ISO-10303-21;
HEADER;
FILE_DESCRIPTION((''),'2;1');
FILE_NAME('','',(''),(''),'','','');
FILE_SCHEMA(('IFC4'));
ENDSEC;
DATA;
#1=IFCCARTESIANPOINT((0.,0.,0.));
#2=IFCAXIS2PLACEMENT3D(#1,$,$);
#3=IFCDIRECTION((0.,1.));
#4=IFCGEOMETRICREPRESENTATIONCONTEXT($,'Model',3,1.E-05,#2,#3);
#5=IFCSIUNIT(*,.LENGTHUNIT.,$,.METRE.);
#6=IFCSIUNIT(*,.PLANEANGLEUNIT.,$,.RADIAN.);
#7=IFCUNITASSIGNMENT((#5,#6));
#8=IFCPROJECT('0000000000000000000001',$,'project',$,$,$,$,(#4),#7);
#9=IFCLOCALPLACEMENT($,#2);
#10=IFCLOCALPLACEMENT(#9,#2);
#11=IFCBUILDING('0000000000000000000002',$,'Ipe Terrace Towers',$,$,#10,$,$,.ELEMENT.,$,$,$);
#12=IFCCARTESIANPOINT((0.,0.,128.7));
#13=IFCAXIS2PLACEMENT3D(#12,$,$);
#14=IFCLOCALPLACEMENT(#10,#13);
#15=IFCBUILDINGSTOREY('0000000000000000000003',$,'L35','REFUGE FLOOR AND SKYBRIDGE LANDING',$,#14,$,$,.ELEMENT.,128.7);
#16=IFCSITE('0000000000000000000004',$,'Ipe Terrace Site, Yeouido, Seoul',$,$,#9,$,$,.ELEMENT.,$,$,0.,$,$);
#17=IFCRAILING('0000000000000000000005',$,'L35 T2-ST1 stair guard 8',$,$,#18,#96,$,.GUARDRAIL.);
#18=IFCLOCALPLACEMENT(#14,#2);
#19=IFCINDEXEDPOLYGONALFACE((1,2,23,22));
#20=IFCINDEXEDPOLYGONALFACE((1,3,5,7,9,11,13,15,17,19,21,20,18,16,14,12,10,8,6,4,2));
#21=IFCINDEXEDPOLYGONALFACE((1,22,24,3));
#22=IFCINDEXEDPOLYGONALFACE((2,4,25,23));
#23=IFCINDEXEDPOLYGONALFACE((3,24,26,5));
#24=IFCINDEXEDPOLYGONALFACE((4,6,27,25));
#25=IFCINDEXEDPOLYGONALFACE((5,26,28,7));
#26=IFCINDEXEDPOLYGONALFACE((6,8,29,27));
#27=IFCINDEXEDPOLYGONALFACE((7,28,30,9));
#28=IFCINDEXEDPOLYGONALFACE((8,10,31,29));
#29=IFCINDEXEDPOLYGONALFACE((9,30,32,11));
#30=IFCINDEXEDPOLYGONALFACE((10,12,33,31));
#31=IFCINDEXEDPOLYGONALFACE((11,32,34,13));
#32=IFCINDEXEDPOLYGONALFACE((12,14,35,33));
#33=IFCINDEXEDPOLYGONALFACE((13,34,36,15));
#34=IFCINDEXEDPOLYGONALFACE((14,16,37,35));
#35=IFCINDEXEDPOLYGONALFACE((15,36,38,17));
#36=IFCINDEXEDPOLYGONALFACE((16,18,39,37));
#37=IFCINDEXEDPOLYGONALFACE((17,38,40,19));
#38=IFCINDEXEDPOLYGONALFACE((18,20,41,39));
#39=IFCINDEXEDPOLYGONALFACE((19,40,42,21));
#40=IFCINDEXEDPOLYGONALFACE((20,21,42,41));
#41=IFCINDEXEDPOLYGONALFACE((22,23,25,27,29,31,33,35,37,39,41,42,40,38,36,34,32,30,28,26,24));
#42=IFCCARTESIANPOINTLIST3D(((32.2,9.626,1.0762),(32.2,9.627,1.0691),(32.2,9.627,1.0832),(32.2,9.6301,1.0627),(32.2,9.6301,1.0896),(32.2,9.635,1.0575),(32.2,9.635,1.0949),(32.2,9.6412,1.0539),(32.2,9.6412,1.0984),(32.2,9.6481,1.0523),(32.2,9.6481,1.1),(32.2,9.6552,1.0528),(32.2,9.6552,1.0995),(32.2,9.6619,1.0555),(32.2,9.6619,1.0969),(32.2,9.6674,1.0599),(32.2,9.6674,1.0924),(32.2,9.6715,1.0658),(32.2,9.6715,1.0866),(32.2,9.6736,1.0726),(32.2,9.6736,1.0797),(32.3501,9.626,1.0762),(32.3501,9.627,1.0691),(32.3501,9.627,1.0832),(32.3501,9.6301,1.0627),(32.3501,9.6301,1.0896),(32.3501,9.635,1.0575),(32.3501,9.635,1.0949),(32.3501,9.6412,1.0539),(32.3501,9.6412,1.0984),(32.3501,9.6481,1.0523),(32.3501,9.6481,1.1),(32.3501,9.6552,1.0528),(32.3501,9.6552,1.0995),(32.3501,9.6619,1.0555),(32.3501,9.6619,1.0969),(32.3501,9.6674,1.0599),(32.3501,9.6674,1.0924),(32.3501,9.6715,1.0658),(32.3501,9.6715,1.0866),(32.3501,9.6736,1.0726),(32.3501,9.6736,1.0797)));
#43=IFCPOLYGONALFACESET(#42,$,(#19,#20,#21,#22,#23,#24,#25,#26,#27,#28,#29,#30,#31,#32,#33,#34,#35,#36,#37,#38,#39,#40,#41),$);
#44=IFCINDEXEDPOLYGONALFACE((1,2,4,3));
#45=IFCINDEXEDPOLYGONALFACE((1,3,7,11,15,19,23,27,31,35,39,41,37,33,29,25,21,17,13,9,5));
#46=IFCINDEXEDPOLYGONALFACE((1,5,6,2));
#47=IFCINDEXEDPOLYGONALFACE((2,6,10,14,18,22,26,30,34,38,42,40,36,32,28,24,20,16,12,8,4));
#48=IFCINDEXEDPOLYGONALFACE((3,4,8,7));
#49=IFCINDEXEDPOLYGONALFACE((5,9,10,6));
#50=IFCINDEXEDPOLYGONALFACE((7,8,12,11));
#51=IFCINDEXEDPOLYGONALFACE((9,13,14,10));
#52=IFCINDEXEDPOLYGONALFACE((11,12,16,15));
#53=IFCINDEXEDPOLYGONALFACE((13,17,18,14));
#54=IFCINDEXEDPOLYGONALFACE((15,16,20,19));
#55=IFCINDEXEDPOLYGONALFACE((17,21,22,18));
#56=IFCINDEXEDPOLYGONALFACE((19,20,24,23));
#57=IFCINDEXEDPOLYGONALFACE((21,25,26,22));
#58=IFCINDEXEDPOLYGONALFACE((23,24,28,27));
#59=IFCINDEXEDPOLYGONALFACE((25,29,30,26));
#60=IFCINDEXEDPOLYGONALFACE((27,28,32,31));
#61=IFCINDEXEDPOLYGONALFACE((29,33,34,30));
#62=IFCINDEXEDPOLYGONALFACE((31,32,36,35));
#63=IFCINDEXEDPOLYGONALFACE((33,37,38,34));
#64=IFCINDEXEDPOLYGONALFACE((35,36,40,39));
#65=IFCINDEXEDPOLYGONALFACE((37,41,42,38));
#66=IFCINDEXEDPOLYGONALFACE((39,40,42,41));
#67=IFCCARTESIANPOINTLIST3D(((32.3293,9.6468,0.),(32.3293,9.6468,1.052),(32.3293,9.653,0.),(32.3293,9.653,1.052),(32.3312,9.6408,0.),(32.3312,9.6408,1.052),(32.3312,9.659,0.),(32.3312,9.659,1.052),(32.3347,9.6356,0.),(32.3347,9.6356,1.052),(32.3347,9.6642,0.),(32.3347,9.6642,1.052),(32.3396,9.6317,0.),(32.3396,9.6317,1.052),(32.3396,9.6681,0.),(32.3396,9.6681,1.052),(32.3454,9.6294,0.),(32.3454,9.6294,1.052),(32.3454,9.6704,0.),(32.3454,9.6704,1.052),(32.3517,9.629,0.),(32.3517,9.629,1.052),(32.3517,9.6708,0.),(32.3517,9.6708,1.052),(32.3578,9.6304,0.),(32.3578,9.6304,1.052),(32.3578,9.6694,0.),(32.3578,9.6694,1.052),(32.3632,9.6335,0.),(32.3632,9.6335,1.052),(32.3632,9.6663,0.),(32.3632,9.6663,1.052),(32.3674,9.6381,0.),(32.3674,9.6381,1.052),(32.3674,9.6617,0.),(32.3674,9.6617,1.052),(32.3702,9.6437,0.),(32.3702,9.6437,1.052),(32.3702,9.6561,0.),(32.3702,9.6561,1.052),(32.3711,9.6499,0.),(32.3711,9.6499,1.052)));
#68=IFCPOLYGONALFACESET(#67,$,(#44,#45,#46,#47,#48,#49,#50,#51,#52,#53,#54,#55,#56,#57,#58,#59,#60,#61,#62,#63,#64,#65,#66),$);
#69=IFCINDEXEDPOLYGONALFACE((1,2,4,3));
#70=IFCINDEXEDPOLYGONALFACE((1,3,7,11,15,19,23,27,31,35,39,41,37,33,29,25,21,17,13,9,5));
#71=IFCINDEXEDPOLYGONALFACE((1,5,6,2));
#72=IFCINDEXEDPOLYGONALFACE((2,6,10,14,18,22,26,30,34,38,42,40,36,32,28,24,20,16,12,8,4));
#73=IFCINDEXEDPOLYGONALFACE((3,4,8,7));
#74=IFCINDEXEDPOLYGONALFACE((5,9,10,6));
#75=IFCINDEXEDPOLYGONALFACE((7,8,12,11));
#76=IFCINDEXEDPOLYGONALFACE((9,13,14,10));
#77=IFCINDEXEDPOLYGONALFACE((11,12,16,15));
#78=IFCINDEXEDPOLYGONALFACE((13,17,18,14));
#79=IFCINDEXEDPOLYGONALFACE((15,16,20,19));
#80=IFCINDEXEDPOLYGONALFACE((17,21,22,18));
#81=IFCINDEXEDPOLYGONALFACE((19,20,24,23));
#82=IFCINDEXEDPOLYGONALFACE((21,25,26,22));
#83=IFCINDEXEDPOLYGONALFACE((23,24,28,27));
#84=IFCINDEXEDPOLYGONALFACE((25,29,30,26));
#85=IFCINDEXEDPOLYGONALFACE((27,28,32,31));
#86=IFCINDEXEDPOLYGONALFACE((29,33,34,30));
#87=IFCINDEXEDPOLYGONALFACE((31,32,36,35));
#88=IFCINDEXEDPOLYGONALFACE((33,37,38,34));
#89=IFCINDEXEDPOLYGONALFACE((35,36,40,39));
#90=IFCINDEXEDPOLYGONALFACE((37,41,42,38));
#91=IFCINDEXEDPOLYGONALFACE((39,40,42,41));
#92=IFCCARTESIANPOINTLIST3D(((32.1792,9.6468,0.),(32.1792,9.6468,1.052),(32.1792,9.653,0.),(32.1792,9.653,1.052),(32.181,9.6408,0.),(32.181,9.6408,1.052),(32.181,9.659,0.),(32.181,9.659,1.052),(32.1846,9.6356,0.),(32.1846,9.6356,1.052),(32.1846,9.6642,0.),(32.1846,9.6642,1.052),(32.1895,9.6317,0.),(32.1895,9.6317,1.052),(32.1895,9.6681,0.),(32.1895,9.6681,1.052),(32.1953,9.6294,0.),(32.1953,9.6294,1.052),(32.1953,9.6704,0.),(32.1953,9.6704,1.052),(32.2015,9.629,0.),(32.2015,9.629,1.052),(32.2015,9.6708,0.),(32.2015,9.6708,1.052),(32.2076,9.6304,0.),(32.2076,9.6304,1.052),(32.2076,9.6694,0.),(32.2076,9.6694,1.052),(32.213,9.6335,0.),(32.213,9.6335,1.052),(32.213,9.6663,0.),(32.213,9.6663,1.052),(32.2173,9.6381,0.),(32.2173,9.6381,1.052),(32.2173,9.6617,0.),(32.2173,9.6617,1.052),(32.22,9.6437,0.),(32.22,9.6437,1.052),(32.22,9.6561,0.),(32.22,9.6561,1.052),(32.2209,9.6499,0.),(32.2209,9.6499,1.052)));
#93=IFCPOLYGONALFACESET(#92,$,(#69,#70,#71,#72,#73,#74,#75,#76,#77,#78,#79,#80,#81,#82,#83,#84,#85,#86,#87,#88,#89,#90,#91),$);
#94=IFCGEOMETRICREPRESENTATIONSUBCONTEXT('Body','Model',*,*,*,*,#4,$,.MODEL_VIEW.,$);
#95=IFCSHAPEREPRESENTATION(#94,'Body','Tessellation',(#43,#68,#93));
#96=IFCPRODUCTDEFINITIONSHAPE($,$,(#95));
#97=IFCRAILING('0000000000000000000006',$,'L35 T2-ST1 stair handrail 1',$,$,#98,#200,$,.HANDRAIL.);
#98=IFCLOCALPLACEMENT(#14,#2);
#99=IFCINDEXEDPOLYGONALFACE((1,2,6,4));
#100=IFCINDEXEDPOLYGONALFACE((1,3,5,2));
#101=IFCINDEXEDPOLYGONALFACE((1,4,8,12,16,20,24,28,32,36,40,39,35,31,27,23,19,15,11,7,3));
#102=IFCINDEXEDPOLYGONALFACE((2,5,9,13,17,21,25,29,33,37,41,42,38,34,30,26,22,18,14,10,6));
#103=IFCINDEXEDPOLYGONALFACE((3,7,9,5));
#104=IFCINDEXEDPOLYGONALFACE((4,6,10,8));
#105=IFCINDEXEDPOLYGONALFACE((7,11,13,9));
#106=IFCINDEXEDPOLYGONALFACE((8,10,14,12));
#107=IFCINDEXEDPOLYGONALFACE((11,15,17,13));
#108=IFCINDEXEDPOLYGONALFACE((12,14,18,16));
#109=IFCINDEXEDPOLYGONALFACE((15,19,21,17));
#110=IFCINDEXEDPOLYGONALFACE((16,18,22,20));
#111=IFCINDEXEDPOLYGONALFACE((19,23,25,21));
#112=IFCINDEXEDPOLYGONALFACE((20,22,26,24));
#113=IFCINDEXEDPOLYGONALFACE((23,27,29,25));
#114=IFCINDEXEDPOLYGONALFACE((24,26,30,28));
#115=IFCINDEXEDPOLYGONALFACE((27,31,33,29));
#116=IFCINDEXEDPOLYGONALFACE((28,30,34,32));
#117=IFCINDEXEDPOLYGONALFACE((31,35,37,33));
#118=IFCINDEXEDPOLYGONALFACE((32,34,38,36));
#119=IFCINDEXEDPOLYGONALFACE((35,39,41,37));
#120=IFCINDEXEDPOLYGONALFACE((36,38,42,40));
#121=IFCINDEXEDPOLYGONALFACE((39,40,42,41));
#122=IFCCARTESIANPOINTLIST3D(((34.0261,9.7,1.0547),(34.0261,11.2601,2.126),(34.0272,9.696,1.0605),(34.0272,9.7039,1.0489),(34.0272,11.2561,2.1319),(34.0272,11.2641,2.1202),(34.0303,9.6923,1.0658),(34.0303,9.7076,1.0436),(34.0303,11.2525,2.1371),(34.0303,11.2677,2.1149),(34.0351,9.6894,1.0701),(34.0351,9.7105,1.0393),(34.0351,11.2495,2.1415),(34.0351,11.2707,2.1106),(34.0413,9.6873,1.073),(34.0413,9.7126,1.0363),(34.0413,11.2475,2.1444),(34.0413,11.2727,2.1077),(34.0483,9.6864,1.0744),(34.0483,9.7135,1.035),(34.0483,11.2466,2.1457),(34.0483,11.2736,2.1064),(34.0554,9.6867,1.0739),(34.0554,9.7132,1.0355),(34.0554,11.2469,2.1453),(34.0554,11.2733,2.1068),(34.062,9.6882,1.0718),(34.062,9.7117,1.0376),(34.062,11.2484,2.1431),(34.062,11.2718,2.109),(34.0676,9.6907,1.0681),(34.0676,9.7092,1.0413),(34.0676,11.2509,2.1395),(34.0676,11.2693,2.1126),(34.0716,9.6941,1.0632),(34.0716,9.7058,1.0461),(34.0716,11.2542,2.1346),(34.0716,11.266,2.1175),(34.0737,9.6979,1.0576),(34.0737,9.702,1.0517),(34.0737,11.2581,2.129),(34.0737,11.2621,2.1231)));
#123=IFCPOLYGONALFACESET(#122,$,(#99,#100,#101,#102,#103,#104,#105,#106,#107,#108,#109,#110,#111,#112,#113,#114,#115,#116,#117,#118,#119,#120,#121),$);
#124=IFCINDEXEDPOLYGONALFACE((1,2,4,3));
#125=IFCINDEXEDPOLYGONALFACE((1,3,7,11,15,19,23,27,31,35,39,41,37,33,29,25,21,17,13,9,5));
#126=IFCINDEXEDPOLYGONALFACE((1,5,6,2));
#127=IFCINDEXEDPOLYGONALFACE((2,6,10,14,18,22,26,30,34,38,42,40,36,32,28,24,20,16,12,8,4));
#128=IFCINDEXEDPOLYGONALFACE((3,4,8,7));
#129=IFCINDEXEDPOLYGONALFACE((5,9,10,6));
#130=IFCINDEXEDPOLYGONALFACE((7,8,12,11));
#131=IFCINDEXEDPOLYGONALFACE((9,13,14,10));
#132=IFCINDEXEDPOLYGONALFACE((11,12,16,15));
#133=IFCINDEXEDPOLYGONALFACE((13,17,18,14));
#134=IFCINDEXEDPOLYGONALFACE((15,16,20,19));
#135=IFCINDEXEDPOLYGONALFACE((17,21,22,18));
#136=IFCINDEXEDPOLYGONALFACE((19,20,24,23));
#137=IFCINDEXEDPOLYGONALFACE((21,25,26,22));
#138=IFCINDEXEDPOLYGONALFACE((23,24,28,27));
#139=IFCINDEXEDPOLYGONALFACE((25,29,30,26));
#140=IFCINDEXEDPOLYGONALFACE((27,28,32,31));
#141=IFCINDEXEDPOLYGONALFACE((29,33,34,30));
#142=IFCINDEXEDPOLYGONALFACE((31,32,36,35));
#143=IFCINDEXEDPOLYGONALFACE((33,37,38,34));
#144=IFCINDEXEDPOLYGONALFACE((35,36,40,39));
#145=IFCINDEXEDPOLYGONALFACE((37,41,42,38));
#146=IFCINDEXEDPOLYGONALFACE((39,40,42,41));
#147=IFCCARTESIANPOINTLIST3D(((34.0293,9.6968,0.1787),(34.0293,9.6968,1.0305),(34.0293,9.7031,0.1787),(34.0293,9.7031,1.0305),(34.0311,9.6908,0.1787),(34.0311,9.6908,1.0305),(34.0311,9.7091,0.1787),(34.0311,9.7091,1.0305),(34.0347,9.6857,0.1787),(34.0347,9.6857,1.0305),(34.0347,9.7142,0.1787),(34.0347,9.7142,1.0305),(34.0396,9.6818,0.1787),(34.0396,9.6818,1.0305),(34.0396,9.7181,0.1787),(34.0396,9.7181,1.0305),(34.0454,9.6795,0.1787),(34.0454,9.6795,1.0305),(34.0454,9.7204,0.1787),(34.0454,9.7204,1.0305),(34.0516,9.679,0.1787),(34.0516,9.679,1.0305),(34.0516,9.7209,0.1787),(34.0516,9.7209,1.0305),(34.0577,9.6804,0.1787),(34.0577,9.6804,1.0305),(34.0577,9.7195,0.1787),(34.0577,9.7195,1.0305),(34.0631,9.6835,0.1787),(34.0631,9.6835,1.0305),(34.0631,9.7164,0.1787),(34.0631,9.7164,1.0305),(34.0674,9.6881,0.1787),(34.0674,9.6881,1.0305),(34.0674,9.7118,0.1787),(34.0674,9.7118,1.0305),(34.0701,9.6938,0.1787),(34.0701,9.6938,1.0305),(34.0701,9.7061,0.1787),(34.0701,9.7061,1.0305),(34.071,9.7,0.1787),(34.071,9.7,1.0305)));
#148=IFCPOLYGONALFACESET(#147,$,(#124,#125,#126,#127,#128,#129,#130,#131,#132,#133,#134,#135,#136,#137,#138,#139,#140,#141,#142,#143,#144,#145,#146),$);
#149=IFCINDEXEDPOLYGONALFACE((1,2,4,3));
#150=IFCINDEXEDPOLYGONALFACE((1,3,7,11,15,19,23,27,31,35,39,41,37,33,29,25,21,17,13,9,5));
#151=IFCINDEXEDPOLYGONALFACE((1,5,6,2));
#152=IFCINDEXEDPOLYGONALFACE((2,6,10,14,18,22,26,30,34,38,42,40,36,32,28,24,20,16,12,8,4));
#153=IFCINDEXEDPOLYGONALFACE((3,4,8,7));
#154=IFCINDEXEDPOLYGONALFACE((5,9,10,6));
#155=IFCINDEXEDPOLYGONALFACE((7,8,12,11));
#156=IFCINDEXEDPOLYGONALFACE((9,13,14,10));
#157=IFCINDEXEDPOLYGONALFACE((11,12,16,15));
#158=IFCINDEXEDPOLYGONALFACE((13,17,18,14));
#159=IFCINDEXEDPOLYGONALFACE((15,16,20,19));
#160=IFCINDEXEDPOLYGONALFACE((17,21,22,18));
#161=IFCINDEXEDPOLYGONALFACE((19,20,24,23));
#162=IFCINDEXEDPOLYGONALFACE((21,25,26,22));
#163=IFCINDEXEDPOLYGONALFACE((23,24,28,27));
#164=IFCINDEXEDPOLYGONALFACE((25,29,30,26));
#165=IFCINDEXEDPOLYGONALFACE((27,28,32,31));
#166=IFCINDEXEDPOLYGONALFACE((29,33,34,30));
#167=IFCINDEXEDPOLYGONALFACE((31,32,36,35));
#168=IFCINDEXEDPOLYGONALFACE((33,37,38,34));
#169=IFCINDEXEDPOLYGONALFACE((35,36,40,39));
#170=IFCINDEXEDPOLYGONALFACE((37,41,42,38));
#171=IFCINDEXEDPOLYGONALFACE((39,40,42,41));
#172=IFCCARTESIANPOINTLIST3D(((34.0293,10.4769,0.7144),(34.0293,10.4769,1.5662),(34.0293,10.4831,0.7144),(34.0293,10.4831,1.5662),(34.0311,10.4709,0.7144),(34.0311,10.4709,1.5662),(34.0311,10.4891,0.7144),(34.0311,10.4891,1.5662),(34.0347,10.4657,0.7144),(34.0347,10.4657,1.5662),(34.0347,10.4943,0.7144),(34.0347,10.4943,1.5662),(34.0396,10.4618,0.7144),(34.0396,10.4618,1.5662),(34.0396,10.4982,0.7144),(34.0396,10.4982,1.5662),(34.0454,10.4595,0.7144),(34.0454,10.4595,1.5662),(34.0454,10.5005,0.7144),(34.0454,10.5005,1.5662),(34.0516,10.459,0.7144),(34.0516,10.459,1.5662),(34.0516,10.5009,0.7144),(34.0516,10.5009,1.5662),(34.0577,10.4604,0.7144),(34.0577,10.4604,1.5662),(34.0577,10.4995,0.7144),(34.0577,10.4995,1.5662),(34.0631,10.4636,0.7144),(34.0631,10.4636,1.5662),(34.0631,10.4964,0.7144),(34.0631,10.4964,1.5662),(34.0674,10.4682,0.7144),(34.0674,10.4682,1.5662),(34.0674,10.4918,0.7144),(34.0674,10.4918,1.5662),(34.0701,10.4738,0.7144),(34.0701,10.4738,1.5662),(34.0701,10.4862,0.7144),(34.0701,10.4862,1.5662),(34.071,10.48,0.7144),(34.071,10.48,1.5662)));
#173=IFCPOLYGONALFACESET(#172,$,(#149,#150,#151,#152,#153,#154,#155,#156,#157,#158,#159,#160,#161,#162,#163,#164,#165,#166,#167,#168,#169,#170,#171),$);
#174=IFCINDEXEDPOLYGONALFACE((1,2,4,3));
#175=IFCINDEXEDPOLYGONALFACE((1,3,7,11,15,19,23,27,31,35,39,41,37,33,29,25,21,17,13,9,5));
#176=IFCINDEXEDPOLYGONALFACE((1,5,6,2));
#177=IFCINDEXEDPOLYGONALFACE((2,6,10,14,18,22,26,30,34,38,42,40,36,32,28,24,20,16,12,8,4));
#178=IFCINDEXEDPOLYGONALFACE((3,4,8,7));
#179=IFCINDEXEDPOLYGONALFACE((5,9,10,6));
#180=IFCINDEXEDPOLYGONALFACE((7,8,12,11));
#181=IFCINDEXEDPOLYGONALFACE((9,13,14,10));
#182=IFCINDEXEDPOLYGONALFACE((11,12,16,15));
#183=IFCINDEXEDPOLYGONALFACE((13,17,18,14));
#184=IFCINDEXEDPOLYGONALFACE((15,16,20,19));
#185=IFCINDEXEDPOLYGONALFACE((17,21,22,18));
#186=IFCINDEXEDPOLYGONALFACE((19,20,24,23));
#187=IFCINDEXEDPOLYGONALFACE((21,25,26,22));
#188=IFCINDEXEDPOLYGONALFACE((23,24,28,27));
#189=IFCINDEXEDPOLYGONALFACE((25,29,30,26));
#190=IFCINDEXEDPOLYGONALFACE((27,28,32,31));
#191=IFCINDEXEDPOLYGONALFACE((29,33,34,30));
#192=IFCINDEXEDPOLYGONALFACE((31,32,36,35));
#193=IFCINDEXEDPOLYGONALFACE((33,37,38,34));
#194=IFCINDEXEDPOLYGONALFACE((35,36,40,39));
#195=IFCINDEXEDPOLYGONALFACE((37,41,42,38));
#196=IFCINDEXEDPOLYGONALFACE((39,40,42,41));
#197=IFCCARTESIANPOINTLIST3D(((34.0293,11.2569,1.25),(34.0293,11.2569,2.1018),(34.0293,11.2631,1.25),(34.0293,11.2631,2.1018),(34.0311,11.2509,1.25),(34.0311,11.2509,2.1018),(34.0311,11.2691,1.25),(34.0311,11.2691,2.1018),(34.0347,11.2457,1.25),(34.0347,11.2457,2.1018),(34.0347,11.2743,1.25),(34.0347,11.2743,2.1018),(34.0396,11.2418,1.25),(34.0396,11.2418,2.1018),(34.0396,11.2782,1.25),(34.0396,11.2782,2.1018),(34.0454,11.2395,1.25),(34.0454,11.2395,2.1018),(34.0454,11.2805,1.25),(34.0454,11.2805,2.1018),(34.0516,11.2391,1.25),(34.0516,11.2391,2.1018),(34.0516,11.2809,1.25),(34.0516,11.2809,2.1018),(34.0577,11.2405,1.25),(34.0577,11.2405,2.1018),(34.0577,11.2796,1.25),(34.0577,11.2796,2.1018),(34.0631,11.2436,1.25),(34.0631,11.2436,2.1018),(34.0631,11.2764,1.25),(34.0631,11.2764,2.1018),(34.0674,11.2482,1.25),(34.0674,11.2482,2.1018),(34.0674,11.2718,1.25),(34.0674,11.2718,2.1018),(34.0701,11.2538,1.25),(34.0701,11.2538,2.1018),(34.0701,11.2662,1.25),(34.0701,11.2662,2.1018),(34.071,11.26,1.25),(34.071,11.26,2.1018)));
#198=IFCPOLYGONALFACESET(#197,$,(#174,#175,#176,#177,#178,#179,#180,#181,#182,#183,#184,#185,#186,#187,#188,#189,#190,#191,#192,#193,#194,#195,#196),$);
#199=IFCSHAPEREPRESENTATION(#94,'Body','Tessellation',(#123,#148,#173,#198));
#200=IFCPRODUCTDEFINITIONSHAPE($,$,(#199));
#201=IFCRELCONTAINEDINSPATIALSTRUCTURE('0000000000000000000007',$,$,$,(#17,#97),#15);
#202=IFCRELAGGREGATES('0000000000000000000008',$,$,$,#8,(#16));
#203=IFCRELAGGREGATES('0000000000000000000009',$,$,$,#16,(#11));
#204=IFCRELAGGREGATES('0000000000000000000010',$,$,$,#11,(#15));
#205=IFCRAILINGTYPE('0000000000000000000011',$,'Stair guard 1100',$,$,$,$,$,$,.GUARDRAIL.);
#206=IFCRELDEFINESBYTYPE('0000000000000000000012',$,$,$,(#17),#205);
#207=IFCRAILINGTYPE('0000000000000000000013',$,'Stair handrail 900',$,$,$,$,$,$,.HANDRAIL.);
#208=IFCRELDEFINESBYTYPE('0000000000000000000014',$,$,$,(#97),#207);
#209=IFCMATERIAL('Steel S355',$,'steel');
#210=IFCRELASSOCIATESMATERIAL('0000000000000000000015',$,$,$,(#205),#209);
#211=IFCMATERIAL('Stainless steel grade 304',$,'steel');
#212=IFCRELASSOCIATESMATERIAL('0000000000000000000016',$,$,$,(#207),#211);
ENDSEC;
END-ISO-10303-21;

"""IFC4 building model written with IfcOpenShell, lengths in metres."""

from ifc_helpers import new_model, si_unit, direction, frame, origin, origin_2d, place, context, subcontext, project, spatial, circle, extrude, material, type_object, element, save


model = new_model("IFC4")

# Units and contexts
model_context = context("Model", 3, precision=1e-05, world=origin(), true_north=direction((0.0, 1.0)))
body_context = subcontext(model_context, "Body", "Model", "MODEL_VIEW")
ifc_project = project(units=[si_unit("LENGTHUNIT", "METRE"), si_unit("PLANEANGLEUNIT", "RADIAN")], contexts=[model_context])

# Site, building, storey
site_placement = place(None, origin())
site = spatial("IfcSite", under=ifc_project, at=site_placement, Name="Ipe Terrace Site, Yeouido, Seoul", CompositionType="ELEMENT", RefElevation=0.0)
building_placement = place(site_placement, origin())
building = spatial("IfcBuilding", under=site, at=building_placement, Name="Ipe Terrace Towers", CompositionType="ELEMENT")
storey_placement = place(building_placement, frame((0.0, 0.0, 128.7)))
storey = spatial("IfcBuildingStorey", under=building, at=storey_placement, Name="L35", Description="REFUGE FLOOR AND SKYBRIDGE LANDING", CompositionType="ELEMENT", Elevation=128.7)

# Railings
ifc_material_1 = material(Name="Steel S355", Category="steel")
railing_type_1 = type_object("IfcRailingType", Name="Stair guard 1100", PredefinedType="GUARDRAIL", material=ifc_material_1)
railing_1_placement = place(storey_placement, frame((32.3501, 9.6499, 0.0)))
element("IfcRailing", 1, at=railing_1_placement, inside=storey, type_object=railing_type_1, Name="L35 T2-ST1 stair guard 8", PredefinedType="GUARDRAIL", context=body_context, shape_type="SweptSolid", body=[
    extrude(circle(Radius=0.0239, at=origin_2d()), frame((0.0, 0.0, 1.0762), z_axis=(-1.0, 0.0, 0.0), x_axis=(0.0, -1.0, 0.0)), (0.0, 0.0, 1.0), 0.1501),
    extrude(circle(Radius=0.021, at=origin_2d()), origin(), (0.0, 0.0, 1.0), 1.052),
    extrude(circle(Radius=0.021, at=origin_2d()), frame((-0.1501, 0.0, 0.0)), (0.0, 0.0, 1.0), 1.052),
])
ifc_material_2 = material(Name="Stainless steel grade 304", Category="steel")
railing_type_2 = type_object("IfcRailingType", Name="Stair handrail 900", PredefinedType="HANDRAIL", material=ifc_material_2)
railing_2_placement = place(storey_placement, frame((34.05, 9.7, 0.1787)))
element("IfcRailing", 2, at=railing_2_placement, inside=storey, type_object=railing_type_2, Name="L35 T2-ST1 stair handrail 1", PredefinedType="HANDRAIL", context=body_context, shape_type="SweptSolid", body=[
    extrude(circle(Radius=0.0239, at=origin_2d()), frame((0.0, 0.0, 0.876), z_axis=(0.0, 0.82435, 0.56608), x_axis=(-1.0, 0.0, 0.0)), (0.0, 0.0, 1.0), 1.8926),
    extrude(circle(Radius=0.021, at=origin_2d()), origin(), (0.0, 0.0, 1.0), 0.8518),
    extrude(circle(Radius=0.021, at=origin_2d()), frame((0.0, 0.78, 0.5356)), (0.0, 0.0, 1.0), 0.8518),
    extrude(circle(Radius=0.021, at=origin_2d()), frame((0.0, 1.5601, 1.0713)), (0.0, 0.0, 1.0), 0.8518),
])

save(model, "model.ifc")
